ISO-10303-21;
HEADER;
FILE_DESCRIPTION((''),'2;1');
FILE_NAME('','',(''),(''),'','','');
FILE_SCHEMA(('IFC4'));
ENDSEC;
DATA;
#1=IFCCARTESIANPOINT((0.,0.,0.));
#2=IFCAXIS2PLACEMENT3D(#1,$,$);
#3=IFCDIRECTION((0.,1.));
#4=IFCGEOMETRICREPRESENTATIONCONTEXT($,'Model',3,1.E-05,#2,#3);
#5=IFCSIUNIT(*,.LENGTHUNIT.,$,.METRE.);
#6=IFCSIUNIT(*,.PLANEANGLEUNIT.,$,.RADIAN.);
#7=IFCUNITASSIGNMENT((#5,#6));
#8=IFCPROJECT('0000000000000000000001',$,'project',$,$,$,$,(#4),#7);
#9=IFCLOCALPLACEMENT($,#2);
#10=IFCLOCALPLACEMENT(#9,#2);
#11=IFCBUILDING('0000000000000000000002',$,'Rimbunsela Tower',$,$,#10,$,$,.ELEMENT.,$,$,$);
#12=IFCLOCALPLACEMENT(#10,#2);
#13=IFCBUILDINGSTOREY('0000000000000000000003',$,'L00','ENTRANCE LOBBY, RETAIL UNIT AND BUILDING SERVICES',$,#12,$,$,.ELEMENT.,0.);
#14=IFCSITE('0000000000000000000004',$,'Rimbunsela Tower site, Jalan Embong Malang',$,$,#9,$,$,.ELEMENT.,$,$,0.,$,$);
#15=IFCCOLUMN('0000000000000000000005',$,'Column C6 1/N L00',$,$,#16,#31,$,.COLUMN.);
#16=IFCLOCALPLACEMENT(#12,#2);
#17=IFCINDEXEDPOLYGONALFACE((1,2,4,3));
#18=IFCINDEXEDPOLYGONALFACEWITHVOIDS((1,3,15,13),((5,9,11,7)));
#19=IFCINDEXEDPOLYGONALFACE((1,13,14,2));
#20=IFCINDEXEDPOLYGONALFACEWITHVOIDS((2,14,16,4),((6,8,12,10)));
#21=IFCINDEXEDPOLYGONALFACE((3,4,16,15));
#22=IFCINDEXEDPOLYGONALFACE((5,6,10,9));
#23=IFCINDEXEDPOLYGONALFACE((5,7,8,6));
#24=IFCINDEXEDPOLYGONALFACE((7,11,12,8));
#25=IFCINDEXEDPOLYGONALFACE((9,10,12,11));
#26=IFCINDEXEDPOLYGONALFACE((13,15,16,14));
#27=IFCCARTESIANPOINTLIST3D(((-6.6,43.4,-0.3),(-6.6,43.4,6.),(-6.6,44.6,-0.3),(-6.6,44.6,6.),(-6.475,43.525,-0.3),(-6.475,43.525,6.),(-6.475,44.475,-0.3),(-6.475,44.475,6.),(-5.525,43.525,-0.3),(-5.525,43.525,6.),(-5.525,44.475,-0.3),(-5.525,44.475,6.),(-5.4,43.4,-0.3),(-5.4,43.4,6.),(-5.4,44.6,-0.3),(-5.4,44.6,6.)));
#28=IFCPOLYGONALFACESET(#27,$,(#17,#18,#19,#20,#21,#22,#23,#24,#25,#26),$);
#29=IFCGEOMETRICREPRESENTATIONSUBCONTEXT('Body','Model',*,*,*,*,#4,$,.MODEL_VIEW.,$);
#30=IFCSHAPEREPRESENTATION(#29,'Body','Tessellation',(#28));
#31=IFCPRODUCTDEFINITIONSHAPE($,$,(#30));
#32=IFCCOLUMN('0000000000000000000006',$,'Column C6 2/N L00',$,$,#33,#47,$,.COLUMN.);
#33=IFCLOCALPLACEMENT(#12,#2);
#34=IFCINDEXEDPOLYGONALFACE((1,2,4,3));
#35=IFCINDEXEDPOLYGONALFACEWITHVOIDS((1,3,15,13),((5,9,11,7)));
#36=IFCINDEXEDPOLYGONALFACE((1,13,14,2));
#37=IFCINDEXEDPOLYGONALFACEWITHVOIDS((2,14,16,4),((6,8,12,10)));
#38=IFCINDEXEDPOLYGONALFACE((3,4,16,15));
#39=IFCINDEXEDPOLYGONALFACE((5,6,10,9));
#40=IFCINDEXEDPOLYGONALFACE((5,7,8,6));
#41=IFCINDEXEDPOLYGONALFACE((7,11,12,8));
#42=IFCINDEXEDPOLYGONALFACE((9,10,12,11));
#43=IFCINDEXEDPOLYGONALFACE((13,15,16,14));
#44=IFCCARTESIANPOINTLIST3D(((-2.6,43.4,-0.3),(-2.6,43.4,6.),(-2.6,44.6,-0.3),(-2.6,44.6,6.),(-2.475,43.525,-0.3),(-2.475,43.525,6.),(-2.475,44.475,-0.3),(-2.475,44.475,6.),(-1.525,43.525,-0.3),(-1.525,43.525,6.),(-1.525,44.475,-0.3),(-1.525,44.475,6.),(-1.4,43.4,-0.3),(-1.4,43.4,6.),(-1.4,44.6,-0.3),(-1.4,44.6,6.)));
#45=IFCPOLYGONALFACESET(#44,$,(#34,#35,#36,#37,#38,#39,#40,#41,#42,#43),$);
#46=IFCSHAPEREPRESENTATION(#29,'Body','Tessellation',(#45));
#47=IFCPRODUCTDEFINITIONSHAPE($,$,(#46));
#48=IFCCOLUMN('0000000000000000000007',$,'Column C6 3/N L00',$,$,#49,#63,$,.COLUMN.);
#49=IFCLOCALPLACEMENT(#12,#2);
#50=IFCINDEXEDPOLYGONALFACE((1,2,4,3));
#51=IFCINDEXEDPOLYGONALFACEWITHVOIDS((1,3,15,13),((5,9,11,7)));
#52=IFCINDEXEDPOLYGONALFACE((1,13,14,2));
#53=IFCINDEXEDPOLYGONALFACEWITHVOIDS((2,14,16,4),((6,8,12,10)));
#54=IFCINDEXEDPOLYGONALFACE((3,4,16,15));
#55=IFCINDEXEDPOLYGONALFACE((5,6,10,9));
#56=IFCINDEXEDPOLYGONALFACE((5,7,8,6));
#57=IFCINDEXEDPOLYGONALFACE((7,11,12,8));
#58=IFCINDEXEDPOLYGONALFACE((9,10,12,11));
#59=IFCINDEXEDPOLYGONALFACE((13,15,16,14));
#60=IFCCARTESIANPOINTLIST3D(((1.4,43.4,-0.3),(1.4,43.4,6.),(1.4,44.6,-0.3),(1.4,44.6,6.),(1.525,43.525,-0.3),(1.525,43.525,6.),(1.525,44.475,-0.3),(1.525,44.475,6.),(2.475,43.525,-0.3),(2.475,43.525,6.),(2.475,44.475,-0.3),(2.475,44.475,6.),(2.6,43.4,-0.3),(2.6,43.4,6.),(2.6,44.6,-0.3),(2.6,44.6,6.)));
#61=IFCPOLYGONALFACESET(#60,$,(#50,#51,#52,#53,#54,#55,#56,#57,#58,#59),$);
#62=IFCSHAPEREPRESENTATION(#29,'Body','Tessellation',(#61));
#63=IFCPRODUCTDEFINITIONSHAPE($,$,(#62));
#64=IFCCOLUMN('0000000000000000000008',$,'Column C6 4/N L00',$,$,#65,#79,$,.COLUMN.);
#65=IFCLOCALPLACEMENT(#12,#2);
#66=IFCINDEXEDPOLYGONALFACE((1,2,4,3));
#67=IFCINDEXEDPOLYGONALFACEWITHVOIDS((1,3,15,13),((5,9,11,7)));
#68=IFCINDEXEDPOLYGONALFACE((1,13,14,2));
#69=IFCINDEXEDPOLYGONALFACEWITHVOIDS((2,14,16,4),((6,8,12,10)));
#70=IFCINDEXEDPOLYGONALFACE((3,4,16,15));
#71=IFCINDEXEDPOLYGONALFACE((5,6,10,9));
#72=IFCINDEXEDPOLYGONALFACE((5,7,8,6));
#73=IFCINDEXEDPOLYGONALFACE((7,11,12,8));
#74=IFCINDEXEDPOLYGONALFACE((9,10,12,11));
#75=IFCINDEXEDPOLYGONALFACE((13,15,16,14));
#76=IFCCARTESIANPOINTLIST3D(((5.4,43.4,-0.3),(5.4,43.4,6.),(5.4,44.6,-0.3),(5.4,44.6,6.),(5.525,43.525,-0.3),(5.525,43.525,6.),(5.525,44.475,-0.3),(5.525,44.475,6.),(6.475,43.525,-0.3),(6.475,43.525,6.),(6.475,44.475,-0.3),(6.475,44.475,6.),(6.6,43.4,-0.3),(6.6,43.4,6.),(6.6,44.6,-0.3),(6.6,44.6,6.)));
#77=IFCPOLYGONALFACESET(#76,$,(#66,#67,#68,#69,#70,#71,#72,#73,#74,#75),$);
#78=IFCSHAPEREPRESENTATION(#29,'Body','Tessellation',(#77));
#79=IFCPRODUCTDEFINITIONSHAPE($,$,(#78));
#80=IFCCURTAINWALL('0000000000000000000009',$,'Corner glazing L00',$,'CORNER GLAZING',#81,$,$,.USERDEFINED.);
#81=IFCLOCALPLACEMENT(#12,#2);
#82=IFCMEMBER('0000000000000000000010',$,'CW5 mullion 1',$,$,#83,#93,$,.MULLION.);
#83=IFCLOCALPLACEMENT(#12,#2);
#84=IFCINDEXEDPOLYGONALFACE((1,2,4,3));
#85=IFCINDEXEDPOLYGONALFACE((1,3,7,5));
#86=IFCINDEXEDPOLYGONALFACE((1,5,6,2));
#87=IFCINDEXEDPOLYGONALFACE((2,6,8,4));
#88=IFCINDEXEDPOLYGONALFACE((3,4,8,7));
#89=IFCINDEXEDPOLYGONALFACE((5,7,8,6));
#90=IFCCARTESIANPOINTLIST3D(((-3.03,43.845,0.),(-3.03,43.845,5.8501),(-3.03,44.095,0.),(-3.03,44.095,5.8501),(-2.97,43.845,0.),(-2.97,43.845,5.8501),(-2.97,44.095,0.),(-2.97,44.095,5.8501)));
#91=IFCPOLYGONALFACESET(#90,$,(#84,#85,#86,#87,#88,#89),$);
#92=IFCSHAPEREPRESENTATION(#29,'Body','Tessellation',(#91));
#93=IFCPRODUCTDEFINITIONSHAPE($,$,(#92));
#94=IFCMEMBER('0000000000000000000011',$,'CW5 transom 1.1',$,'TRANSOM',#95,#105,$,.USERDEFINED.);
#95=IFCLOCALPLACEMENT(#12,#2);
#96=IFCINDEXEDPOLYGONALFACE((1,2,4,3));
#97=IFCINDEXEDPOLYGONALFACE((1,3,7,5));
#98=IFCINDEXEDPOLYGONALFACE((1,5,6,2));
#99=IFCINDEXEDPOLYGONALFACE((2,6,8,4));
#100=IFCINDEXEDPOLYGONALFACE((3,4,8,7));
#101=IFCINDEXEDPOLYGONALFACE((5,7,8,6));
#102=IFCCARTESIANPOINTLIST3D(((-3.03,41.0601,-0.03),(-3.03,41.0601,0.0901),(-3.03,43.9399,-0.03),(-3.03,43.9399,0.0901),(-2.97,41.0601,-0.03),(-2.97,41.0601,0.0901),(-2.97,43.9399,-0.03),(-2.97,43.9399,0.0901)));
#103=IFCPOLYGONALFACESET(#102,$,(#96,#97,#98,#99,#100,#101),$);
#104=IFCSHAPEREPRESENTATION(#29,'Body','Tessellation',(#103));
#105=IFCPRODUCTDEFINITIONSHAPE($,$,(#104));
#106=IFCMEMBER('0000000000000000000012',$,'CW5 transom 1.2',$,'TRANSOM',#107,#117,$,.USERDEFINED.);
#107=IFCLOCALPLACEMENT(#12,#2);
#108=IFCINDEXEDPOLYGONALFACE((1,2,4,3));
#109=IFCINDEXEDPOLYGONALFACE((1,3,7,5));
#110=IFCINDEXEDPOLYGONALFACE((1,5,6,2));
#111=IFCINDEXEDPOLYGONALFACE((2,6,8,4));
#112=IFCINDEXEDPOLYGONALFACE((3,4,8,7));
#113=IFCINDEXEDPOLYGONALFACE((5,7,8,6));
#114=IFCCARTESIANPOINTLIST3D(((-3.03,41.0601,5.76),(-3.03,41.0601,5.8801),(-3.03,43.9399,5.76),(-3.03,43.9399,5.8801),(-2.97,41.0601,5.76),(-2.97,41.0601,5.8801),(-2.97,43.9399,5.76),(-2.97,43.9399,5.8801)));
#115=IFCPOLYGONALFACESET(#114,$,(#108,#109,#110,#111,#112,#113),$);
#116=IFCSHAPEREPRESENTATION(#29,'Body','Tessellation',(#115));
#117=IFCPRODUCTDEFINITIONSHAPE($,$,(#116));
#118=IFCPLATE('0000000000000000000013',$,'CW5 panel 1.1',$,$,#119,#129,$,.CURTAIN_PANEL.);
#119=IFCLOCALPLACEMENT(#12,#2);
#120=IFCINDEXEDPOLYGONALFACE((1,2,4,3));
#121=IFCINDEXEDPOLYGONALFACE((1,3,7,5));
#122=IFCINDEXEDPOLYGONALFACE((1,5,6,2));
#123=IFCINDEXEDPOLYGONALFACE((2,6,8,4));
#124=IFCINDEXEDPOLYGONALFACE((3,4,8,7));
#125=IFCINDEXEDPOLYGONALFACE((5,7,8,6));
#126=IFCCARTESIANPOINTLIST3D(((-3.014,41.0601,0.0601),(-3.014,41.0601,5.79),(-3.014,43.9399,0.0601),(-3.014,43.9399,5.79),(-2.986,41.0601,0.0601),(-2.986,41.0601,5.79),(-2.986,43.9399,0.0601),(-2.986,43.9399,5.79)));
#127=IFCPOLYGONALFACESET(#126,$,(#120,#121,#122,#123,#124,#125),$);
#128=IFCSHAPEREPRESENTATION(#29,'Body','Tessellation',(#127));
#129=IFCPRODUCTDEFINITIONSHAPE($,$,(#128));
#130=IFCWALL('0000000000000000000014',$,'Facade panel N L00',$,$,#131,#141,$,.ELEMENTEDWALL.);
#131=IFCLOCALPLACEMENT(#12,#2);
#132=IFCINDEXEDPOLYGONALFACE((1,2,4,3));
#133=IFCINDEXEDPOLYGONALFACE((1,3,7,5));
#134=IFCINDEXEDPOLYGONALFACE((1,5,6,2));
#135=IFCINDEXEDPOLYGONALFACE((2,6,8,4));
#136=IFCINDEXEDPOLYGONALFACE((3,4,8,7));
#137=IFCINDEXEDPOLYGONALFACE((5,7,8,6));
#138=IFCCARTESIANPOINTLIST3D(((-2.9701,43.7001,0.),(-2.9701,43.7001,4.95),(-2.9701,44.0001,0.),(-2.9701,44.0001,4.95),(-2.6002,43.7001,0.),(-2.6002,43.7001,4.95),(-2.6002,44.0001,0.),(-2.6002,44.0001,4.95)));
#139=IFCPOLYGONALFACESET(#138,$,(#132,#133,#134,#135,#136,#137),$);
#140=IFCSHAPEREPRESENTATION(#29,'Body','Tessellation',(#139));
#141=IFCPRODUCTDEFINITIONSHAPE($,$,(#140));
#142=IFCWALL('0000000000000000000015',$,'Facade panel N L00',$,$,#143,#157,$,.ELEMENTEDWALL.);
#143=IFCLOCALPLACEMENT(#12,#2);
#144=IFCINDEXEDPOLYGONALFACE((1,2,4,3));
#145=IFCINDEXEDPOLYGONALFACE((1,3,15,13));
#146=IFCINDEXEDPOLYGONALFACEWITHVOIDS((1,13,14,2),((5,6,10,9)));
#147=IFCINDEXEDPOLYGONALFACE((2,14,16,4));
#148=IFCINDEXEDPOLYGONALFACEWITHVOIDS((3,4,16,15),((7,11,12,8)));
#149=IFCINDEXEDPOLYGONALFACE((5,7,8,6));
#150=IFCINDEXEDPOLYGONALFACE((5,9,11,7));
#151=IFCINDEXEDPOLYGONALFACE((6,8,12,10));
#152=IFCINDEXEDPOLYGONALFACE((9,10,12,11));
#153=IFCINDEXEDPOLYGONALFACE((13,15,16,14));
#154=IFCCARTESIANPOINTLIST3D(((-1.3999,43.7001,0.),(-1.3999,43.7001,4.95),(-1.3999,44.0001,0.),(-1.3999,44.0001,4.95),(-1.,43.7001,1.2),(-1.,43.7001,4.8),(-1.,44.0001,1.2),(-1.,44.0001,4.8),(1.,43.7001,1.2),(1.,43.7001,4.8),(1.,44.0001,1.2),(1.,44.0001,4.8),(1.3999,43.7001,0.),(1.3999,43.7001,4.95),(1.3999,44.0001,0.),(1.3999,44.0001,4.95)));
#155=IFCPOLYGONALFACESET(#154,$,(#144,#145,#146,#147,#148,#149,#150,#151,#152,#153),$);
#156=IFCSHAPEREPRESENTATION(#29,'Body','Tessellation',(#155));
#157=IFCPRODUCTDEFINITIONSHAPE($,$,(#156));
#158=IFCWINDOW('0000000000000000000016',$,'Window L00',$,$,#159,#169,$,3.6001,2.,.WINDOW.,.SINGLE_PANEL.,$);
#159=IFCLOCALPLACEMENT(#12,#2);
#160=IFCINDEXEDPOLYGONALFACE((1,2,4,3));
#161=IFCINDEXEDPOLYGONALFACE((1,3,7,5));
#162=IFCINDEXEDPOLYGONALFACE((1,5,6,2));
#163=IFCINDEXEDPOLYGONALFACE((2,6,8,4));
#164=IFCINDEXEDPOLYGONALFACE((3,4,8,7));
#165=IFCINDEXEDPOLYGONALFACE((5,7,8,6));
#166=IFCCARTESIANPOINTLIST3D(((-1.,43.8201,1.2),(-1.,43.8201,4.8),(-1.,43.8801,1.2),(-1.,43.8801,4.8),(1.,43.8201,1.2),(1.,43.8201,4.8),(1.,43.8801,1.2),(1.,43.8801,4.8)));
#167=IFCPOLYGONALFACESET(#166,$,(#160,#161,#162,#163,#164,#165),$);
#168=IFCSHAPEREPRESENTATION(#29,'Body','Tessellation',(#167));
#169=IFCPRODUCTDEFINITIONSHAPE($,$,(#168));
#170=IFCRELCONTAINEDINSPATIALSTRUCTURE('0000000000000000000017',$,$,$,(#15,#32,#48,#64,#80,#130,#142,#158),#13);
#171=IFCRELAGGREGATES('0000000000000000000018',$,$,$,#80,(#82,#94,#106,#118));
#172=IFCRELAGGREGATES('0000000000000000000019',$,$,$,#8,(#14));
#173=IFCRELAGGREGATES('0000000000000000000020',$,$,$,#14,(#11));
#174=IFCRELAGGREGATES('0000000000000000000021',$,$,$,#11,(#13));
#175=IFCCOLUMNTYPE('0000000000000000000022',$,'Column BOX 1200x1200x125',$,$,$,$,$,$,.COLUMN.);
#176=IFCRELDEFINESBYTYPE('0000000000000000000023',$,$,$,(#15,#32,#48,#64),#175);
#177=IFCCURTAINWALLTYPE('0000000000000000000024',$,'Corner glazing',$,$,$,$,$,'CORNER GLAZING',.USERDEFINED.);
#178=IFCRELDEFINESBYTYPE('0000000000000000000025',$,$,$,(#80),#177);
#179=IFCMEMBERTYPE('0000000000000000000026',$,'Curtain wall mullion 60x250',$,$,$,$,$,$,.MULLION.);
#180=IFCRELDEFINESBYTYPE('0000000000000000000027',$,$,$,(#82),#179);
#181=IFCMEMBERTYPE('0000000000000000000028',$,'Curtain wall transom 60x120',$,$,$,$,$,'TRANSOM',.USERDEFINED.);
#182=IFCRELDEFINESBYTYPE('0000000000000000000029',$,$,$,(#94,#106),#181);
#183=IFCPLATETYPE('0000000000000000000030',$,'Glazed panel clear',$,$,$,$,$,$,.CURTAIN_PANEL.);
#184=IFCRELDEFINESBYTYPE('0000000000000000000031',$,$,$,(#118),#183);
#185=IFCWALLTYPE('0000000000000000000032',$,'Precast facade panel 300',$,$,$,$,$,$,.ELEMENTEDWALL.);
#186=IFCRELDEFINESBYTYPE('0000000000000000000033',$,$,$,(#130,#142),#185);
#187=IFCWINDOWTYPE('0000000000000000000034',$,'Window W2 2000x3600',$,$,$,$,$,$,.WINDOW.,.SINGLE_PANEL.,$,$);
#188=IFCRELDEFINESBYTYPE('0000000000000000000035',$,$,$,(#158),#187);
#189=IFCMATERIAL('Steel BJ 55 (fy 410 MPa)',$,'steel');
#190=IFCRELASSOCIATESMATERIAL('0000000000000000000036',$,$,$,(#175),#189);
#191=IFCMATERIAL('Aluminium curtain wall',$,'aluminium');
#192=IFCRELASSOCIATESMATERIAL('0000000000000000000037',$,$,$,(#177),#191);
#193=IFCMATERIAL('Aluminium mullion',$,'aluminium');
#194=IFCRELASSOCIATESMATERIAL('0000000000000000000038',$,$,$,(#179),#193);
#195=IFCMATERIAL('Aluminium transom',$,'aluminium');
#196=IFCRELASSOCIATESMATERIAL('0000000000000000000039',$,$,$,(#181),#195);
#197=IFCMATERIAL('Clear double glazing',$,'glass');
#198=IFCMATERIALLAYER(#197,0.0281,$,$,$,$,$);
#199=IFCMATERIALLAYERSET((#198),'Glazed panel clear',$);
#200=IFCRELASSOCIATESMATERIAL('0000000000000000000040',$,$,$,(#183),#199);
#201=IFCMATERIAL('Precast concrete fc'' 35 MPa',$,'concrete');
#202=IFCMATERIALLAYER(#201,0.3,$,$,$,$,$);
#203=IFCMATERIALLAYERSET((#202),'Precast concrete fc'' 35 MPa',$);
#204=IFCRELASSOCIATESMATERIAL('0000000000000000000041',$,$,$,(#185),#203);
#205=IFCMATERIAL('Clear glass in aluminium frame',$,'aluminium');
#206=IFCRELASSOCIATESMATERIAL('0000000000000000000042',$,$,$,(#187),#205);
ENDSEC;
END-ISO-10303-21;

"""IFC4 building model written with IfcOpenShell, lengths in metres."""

from ifc_helpers import new_model, si_unit, direction, frame, frame_2d, origin, origin_2d, place, context, subcontext, project, spatial, rectangle, hollow_rectangle, extrude, material, layer, layer_set, material_profile, profile_set, type_object, element, fill, aggregate, save


model = new_model("IFC4")

# Units and contexts
model_context = context("Model", 3, precision=1e-05, world=origin(), true_north=direction((0.0, 1.0)))
body_context = subcontext(model_context, "Body", "Model", "MODEL_VIEW")
ifc_project = project(units=[si_unit("LENGTHUNIT", "METRE"), si_unit("PLANEANGLEUNIT", "RADIAN")], contexts=[model_context])

# Site, building, storey
site_placement = place(None, origin())
site = spatial("IfcSite", under=ifc_project, at=site_placement, Name="Rimbunsela Tower site, Jalan Embong Malang", CompositionType="ELEMENT", RefElevation=0.0)
building_placement = place(site_placement, origin())
building = spatial("IfcBuilding", under=site, at=building_placement, Name="Rimbunsela Tower", CompositionType="ELEMENT")
storey_placement = place(building_placement, origin())
storey = spatial("IfcBuildingStorey", under=building, at=storey_placement, Name="L00", Description="ENTRANCE LOBBY, RETAIL UNIT AND BUILDING SERVICES", CompositionType="ELEMENT", Elevation=0.0)

# Columns
ifc_material_1 = material(Name="Steel BJ 55 (fy 410 MPa)", Category="steel")
ifc_material_profile_1 = material_profile(ifc_material_1, hollow_rectangle(XDim=1.2, YDim=1.2, WallThickness=0.125, at=origin_2d()), Name="BOX 1200x1200x125")
ifc_profile_set_1 = profile_set([ifc_material_profile_1], Name="Steel BJ 55 (fy 410 MPa)")
column_type = type_object("IfcColumnType", Name="Column BOX 1200x1200x125", PredefinedType="COLUMN", material=ifc_profile_set_1)
for number, where, z_axis, x_axis, name in (
    (1, (-6.0, 44.0, -0.3), (0.0, 0.0, 1.0), (1.0, 0.0, 0.0), "Column C6 1/N L00"),
    (2, (-2.0, 44.0, -0.3), (0.0, 0.0, 1.0), (1.0, 0.0, 0.0), "Column C6 2/N L00"),
    (3, (2.0, 44.0, -0.3), (0.0, 0.0, 1.0), (1.0, 0.0, 0.0), "Column C6 3/N L00"),
    (4, (6.0, 44.0, -0.3), (0.0, 0.0, 1.0), (1.0, 0.0, 0.0), "Column C6 4/N L00"),
):
    element("IfcColumn", number, at=place(storey_placement, frame(where, z_axis=z_axis, x_axis=x_axis)), inside=storey, type_object=column_type, Name=name, PredefinedType="COLUMN", context=body_context, shape_type="SweptSolid", body=[
        extrude(hollow_rectangle(XDim=1.2, YDim=1.2, WallThickness=0.125, at=origin_2d()), origin(), (0.0, 0.0, 1.0), 6.3),
    ])

# Curtain wall, members, plate
ifc_material_2 = material(Name="Aluminium curtain wall", Category="aluminium")
curtain_wall_type = type_object("IfcCurtainWallType", Name="Corner glazing", ElementType="CORNER GLAZING", PredefinedType="USERDEFINED", material=ifc_material_2)
curtain_wall_placement = place(storey_placement, origin())
curtain_wall = element("IfcCurtainWall", 5, at=curtain_wall_placement, inside=storey, type_object=curtain_wall_type, Name="Corner glazing L00", ObjectType="CORNER GLAZING", PredefinedType="USERDEFINED")
ifc_material_3 = material(Name="Aluminium mullion", Category="aluminium")
ifc_material_profile_2 = material_profile(ifc_material_3, rectangle(XDim=0.0601, YDim=0.25, at=origin_2d()), Name="Mullion 60x250")
ifc_profile_set_2 = profile_set([ifc_material_profile_2], Name="Aluminium mullion")
member_type_1 = type_object("IfcMemberType", Name="Curtain wall mullion 60x250", PredefinedType="MULLION", material=ifc_profile_set_2)
member_1_placement = place(storey_placement, frame((-3.0, 43.97, 0.0), z_axis=(0.0, 0.0, 1.0), x_axis=(1.0, 0.0, 0.0)))
member_1 = element("IfcMember", 6, at=member_1_placement, type_object=member_type_1, Name="CW5 mullion 1", PredefinedType="MULLION", context=body_context, shape_type="SweptSolid", body=[
    extrude(rectangle(XDim=0.0601, YDim=0.25, at=origin_2d()), origin(), (0.0, 0.0, 1.0), 5.8501),
])
ifc_material_4 = material(Name="Aluminium transom", Category="aluminium")
ifc_material_profile_3 = material_profile(ifc_material_4, rectangle(XDim=0.0601, YDim=0.1201, at=origin_2d()), Name="Transom 60x120")
ifc_profile_set_3 = profile_set([ifc_material_profile_3], Name="Aluminium transom")
member_type_2 = type_object("IfcMemberType", Name="Curtain wall transom 60x120", ElementType="TRANSOM", PredefinedType="USERDEFINED", material=ifc_profile_set_3)
member_2_placement = place(storey_placement, frame((-3.0, 43.9399, 0.03), z_axis=(0.0, -1.0, 0.0), x_axis=(1.0, 0.0, 0.0)))
member_2 = element("IfcMember", 7, at=member_2_placement, type_object=member_type_2, Name="CW5 transom 1.1", ObjectType="TRANSOM", PredefinedType="USERDEFINED", context=body_context, shape_type="SweptSolid", body=[
    extrude(rectangle(XDim=0.0601, YDim=0.1201, at=origin_2d()), origin(), (0.0, 0.0, 1.0), 2.8799),
])
member_3_placement = place(storey_placement, frame((-3.0, 43.9399, 5.8201), z_axis=(0.0, -1.0, 0.0), x_axis=(1.0, 0.0, 0.0)))
member_3 = element("IfcMember", 8, at=member_3_placement, type_object=member_type_2, Name="CW5 transom 1.2", ObjectType="TRANSOM", PredefinedType="USERDEFINED", context=body_context, shape_type="SweptSolid", body=[
    extrude(rectangle(XDim=0.0601, YDim=0.1201, at=origin_2d()), origin(), (0.0, 0.0, 1.0), 2.8799),
])
ifc_material_5 = material(Name="Clear double glazing", Category="glass")
ifc_layer_1 = layer(ifc_material_5, 0.0281)
ifc_layer_set_1 = layer_set([ifc_layer_1], Name="Glazed panel clear")
plate_type = type_object("IfcPlateType", Name="Glazed panel clear", PredefinedType="CURTAIN_PANEL", material=ifc_layer_set_1)
plate_placement = place(storey_placement, frame((-3.0, 42.5, 0.0601), z_axis=(0.0, 0.0, 1.0), x_axis=(0.0, -1.0, 0.0)))
plate = element("IfcPlate", 9, at=plate_placement, type_object=plate_type, Name="CW5 panel 1.1", PredefinedType="CURTAIN_PANEL", context=body_context, shape_type="SweptSolid", body=[
    extrude(rectangle(XDim=2.8799, YDim=0.0281, at=origin_2d()), origin(), (0.0, 0.0, 1.0), 5.73),
])
aggregate(curtain_wall, [member_1, member_2, member_3, plate])

# Wall
ifc_material_6 = material(Name="Precast concrete fc' 35 MPa", Category="concrete")
ifc_layer_2 = layer(ifc_material_6, 0.3)
ifc_layer_set_2 = layer_set([ifc_layer_2], Name="Precast concrete fc' 35 MPa")
wall_type = type_object("IfcWallType", Name="Precast facade panel 300", PredefinedType="ELEMENTEDWALL", material=ifc_layer_set_2)
wall_1_placement = place(storey_placement, frame((-2.6001, 43.8501, 0.0), z_axis=(0.0, 0.0, 1.0), x_axis=(-1.0, 0.0, 0.0)))
element("IfcWall", 10, at=wall_1_placement, inside=storey, type_object=wall_type, Name="Facade panel N L00", PredefinedType="ELEMENTEDWALL", context=body_context, shape_type="SweptSolid", body=[
    extrude(rectangle(XDim=0.3699, YDim=0.3, at=frame_2d((0.1851, 0.0))), origin(), (0.0, 0.0, 1.0), 4.95),
])

# Wall, opening, window
wall_2_placement = place(storey_placement, frame((1.3999, 43.8501, 0.0), z_axis=(0.0, 0.0, 1.0), x_axis=(-1.0, 0.0, 0.0)))
wall_2 = element("IfcWall", 11, at=wall_2_placement, inside=storey, type_object=wall_type, Name="Facade panel N L00", PredefinedType="ELEMENTEDWALL", context=body_context, shape_type="SweptSolid", body=[
    extrude(rectangle(XDim=2.7998, YDim=0.3, at=frame_2d((1.3999, 0.0))), origin(), (0.0, 0.0, 1.0), 4.95),
])
opening_1_placement = place(wall_2_placement, frame((0.3999, 0.0, 1.2)))
opening_1 = element("IfcOpeningElement", 12, at=opening_1_placement, cuts=wall_2, PredefinedType="OPENING", context=body_context, shape_type="SweptSolid", body=[
    extrude(rectangle(XDim=2.0, YDim=3.6001, at=frame_2d((1.0, 1.8))), frame((0.0, 0.1599, 0.0), z_axis=(0.0, -1.0, 0.0), x_axis=(1.0, 0.0, 0.0)), (0.0, 0.0, 1.0), 0.3201),
])
ifc_material_7 = material(Name="Clear glass in aluminium frame", Category="aluminium")
window_type = type_object("IfcWindowType", Name="Window W2 2000x3600", PartitioningType="SINGLE_PANEL", PredefinedType="WINDOW", material=ifc_material_7)
window_1_placement = place(opening_1_placement, origin())
window_1 = element("IfcWindow", 13, at=window_1_placement, inside=storey, type_object=window_type, Name="Window L00", OverallHeight=3.6001, OverallWidth=2.0, PartitioningType="SINGLE_PANEL", PredefinedType="WINDOW", context=body_context, shape_type="SweptSolid", body=[
    extrude(rectangle(XDim=2.0, YDim=3.6001, at=frame_2d((1.0, 1.8))), frame((0.0, 0.03, 0.0), z_axis=(0.0, -1.0, 0.0), x_axis=(1.0, 0.0, 0.0)), (0.0, 0.0, 1.0), 0.0601),
])
fill(opening_1, window_1)

save(model, "model.ifc")
